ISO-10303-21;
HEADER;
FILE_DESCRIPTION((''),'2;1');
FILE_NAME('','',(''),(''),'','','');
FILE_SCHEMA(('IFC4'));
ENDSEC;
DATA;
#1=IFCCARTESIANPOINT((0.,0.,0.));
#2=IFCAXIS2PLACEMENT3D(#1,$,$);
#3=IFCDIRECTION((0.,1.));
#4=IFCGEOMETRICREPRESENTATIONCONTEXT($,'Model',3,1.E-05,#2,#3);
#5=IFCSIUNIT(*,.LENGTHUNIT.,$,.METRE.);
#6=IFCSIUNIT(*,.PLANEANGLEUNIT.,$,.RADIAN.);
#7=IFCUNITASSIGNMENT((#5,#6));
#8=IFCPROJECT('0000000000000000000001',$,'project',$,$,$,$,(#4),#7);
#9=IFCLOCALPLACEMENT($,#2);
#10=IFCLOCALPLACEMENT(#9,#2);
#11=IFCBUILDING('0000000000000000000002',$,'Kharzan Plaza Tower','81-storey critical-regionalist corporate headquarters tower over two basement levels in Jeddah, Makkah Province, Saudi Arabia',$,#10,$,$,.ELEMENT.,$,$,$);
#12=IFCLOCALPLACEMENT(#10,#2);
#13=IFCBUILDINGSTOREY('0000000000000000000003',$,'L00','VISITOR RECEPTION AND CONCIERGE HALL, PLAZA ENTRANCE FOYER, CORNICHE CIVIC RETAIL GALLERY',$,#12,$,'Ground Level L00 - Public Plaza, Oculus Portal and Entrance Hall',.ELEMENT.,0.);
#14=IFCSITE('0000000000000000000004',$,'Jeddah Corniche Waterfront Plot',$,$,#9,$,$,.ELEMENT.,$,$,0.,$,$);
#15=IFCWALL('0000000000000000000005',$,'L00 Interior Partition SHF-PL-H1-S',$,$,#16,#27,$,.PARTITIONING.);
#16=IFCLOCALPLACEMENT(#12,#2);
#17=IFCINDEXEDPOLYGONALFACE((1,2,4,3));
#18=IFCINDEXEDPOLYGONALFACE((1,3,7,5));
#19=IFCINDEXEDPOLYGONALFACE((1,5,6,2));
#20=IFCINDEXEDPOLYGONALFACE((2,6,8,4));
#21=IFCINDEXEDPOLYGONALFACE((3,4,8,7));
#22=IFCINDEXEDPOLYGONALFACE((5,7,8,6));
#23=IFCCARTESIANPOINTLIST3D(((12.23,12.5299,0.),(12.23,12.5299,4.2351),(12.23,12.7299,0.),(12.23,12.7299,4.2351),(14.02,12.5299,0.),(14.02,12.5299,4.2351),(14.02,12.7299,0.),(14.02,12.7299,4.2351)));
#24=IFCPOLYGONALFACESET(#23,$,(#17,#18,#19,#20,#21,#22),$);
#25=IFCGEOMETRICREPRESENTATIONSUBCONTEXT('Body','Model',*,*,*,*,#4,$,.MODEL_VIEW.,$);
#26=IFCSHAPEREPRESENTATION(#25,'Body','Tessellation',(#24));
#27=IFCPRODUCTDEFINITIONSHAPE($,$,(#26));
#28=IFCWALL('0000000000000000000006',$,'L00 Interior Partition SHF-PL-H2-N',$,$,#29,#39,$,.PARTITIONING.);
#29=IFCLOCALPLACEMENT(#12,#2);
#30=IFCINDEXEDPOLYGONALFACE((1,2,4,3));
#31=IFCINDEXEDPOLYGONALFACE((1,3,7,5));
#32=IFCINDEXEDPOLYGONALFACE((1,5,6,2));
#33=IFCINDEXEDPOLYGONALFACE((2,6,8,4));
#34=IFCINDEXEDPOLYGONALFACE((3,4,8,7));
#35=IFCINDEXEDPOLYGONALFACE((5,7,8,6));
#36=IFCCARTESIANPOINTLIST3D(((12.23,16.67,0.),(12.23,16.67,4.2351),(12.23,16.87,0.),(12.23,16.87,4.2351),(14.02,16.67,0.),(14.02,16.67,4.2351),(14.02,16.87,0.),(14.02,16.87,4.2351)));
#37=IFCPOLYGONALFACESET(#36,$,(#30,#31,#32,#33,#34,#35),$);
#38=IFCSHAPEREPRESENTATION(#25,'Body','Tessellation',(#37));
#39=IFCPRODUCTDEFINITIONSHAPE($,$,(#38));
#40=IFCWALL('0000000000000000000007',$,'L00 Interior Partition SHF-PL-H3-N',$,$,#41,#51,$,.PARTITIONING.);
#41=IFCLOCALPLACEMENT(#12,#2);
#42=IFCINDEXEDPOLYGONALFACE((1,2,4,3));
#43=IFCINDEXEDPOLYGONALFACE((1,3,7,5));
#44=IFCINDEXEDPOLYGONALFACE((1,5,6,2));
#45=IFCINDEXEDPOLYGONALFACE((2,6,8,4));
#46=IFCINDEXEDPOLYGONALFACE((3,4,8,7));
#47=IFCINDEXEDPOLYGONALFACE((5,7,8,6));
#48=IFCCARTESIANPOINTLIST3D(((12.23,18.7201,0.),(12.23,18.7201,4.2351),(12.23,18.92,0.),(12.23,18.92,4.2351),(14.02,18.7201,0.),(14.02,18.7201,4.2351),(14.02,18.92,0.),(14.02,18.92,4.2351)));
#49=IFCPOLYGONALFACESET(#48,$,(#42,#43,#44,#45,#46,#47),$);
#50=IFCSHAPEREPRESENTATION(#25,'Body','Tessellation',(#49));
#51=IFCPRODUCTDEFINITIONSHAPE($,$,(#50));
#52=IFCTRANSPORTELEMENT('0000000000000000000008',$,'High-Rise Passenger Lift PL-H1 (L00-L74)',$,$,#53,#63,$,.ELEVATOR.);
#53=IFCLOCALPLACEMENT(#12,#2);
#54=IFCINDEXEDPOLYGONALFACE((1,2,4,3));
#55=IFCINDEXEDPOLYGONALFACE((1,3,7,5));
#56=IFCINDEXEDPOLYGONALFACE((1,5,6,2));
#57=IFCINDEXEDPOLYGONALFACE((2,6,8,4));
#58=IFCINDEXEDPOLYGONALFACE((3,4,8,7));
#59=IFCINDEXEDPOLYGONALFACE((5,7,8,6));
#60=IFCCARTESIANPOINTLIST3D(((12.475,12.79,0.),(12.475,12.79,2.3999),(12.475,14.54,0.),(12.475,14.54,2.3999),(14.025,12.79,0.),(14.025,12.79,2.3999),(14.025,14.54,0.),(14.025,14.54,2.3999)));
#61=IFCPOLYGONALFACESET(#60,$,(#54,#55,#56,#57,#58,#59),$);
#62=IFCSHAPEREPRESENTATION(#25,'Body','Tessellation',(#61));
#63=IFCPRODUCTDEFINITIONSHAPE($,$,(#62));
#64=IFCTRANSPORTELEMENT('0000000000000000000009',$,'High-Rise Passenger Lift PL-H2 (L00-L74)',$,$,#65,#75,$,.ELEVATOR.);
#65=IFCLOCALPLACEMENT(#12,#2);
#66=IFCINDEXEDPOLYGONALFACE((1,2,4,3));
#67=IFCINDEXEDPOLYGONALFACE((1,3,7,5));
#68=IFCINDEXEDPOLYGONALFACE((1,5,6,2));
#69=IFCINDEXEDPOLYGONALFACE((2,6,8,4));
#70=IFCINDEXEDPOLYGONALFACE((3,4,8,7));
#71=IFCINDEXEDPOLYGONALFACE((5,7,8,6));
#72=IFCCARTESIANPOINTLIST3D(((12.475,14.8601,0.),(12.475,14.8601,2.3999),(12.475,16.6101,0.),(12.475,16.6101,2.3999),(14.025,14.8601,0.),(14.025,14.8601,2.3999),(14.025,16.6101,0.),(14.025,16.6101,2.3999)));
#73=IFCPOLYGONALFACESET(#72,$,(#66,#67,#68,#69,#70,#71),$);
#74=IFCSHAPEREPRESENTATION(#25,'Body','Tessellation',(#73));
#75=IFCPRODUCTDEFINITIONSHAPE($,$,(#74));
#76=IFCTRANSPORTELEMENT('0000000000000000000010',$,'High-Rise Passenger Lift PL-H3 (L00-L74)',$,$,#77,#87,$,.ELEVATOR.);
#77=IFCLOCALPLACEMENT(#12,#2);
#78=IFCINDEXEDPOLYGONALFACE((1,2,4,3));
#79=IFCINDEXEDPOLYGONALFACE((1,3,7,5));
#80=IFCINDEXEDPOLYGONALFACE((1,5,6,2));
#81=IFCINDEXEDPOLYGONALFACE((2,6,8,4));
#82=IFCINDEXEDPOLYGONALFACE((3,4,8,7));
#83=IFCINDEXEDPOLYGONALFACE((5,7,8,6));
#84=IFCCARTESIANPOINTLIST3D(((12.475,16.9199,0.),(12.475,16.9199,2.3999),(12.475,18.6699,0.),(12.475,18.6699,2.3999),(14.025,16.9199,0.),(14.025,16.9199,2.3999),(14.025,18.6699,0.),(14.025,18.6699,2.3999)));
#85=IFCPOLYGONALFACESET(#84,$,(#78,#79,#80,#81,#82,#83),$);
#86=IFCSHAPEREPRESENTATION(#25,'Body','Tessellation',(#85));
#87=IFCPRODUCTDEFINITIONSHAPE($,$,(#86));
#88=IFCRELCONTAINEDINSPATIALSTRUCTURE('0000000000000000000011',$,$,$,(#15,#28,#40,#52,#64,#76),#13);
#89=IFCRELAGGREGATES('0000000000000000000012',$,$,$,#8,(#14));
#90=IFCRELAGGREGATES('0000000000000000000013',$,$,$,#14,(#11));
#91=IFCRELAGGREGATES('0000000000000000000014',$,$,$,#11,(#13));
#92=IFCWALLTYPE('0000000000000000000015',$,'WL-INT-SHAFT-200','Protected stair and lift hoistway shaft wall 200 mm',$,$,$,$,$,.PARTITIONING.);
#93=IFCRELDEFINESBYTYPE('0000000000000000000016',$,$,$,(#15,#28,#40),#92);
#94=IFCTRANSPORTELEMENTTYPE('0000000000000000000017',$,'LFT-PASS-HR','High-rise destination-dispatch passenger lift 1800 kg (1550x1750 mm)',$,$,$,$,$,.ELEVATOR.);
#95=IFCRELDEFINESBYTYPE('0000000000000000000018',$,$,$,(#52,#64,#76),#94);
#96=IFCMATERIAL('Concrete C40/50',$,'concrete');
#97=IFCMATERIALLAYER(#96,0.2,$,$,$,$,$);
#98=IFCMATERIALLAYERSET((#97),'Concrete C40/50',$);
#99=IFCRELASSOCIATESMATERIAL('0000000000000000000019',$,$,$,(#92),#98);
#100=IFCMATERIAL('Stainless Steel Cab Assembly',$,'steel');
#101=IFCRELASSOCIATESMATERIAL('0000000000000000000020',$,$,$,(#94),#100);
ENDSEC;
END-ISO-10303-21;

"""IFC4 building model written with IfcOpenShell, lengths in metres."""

from ifc_helpers import new_model, si_unit, direction, frame, frame_2d, origin, origin_2d, place, context, subcontext, project, spatial, rectangle, extrude, source, transform, mapped, material, layer, layer_set, type_object, element, save


model = new_model("IFC4")

# Units and contexts
model_context = context("Model", 3, precision=1e-05, world=origin(), true_north=direction((0.0, 1.0)))
body_context = subcontext(model_context, "Body", "Model", "MODEL_VIEW")
ifc_project = project(units=[si_unit("LENGTHUNIT", "METRE"), si_unit("PLANEANGLEUNIT", "RADIAN")], contexts=[model_context])

# Site, building, storey
site_placement = place(None, origin())
site = spatial("IfcSite", under=ifc_project, at=site_placement, Name="Jeddah Corniche Waterfront Plot", CompositionType="ELEMENT", RefElevation=0.0)
building_placement = place(site_placement, origin())
building = spatial("IfcBuilding", under=site, at=building_placement, Name="Kharzan Plaza Tower", Description="81-storey critical-regionalist corporate headquarters tower over two basement levels in Jeddah, Makkah Province, Saudi Arabia", CompositionType="ELEMENT")
storey_placement = place(building_placement, origin())
storey = spatial("IfcBuildingStorey", under=building, at=storey_placement, Name="L00", Description="VISITOR RECEPTION AND CONCIERGE HALL, PLAZA ENTRANCE FOYER, CORNICHE CIVIC RETAIL GALLERY", LongName="Ground Level L00 - Public Plaza, Oculus Portal and Entrance Hall", CompositionType="ELEMENT", Elevation=0.0)

# Shared definitions
ifc_material_1 = material(Name="Concrete C40/50", Category="concrete")
ifc_layer_1 = layer(ifc_material_1, 0.2)
ifc_layer_set_1 = layer_set([ifc_layer_1], Name="Concrete C40/50")
wall_type_1 = type_object("IfcWallType", Name="WL-INT-SHAFT-200", Description="Protected stair and lift hoistway shaft wall 200 mm", PredefinedType="PARTITIONING", material=ifc_layer_set_1)

# Walls
shared_shape_1 = source(origin(), body_context, "Body", "SweptSolid", [
    extrude(rectangle(XDim=1.79, YDim=0.2, at=frame_2d((0.895, 0.0))), origin(), (0.0, 0.0, 1.0), 4.2351),
])
for number, where, z_axis, x_axis, name in (
    (1, (12.23, 12.6299, 0.0), (0.0, 0.0, 1.0), (1.0, 0.0, 0.0), "L00 Interior Partition SHF-PL-H1-S"),
    (2, (12.23, 16.77, 0.0), (0.0, 0.0, 1.0), (1.0, 0.0, 0.0), "L00 Interior Partition SHF-PL-H2-N"),
    (3, (12.23, 18.8201, 0.0), (0.0, 0.0, 1.0), (1.0, 0.0, 0.0), "L00 Interior Partition SHF-PL-H3-N"),
):
    element("IfcWall", number, at=place(storey_placement, frame(where, z_axis=z_axis, x_axis=x_axis)), inside=storey, type_object=wall_type_1, Name=name, PredefinedType="PARTITIONING", context=body_context, shape_type="MappedRepresentation", body=[
        mapped(shared_shape_1, transform((0.0, 0.0, 0.0), x_axis=(1.0, 0.0, 0.0), y_axis=(0.0, 1.0, 0.0), z_axis=(0.0, 0.0, 1.0))),
    ])

# Transport elements
ifc_material_2 = material(Name="Stainless Steel Cab Assembly", Category="steel")
transport_element_type = type_object("IfcTransportElementType", Name="LFT-PASS-HR", Description="High-rise destination-dispatch passenger lift 1800 kg (1550x1750 mm)", PredefinedType="ELEVATOR", material=ifc_material_2)
shared_shape_2 = source(origin(), body_context, "Body", "SweptSolid", [
    extrude(rectangle(XDim=1.55, YDim=1.75, at=origin_2d()), origin(), (0.0, 0.0, 1.0), 2.3999),
])
for number, where, z_axis, x_axis, name in (
    (4, (13.25, 13.665, 0.0), (0.0, 0.0, 1.0), (1.0, 0.0, 0.0), "High-Rise Passenger Lift PL-H1 (L00-L74)"),
    (5, (13.25, 15.7351, 0.0), (0.0, 0.0, 1.0), (1.0, 0.0, 0.0), "High-Rise Passenger Lift PL-H2 (L00-L74)"),
    (6, (13.25, 17.7949, 0.0), (0.0, 0.0, 1.0), (1.0, 0.0, 0.0), "High-Rise Passenger Lift PL-H3 (L00-L74)"),
):
    element("IfcTransportElement", number, at=place(storey_placement, frame(where, z_axis=z_axis, x_axis=x_axis)), inside=storey, type_object=transport_element_type, Name=name, PredefinedType="ELEVATOR", context=body_context, shape_type="MappedRepresentation", body=[
        mapped(shared_shape_2, transform((0.0, 0.0, 0.0), x_axis=(1.0, 0.0, 0.0), y_axis=(0.0, 1.0, 0.0), z_axis=(0.0, 0.0, 1.0))),
    ])

save(model, "model.ifc")
